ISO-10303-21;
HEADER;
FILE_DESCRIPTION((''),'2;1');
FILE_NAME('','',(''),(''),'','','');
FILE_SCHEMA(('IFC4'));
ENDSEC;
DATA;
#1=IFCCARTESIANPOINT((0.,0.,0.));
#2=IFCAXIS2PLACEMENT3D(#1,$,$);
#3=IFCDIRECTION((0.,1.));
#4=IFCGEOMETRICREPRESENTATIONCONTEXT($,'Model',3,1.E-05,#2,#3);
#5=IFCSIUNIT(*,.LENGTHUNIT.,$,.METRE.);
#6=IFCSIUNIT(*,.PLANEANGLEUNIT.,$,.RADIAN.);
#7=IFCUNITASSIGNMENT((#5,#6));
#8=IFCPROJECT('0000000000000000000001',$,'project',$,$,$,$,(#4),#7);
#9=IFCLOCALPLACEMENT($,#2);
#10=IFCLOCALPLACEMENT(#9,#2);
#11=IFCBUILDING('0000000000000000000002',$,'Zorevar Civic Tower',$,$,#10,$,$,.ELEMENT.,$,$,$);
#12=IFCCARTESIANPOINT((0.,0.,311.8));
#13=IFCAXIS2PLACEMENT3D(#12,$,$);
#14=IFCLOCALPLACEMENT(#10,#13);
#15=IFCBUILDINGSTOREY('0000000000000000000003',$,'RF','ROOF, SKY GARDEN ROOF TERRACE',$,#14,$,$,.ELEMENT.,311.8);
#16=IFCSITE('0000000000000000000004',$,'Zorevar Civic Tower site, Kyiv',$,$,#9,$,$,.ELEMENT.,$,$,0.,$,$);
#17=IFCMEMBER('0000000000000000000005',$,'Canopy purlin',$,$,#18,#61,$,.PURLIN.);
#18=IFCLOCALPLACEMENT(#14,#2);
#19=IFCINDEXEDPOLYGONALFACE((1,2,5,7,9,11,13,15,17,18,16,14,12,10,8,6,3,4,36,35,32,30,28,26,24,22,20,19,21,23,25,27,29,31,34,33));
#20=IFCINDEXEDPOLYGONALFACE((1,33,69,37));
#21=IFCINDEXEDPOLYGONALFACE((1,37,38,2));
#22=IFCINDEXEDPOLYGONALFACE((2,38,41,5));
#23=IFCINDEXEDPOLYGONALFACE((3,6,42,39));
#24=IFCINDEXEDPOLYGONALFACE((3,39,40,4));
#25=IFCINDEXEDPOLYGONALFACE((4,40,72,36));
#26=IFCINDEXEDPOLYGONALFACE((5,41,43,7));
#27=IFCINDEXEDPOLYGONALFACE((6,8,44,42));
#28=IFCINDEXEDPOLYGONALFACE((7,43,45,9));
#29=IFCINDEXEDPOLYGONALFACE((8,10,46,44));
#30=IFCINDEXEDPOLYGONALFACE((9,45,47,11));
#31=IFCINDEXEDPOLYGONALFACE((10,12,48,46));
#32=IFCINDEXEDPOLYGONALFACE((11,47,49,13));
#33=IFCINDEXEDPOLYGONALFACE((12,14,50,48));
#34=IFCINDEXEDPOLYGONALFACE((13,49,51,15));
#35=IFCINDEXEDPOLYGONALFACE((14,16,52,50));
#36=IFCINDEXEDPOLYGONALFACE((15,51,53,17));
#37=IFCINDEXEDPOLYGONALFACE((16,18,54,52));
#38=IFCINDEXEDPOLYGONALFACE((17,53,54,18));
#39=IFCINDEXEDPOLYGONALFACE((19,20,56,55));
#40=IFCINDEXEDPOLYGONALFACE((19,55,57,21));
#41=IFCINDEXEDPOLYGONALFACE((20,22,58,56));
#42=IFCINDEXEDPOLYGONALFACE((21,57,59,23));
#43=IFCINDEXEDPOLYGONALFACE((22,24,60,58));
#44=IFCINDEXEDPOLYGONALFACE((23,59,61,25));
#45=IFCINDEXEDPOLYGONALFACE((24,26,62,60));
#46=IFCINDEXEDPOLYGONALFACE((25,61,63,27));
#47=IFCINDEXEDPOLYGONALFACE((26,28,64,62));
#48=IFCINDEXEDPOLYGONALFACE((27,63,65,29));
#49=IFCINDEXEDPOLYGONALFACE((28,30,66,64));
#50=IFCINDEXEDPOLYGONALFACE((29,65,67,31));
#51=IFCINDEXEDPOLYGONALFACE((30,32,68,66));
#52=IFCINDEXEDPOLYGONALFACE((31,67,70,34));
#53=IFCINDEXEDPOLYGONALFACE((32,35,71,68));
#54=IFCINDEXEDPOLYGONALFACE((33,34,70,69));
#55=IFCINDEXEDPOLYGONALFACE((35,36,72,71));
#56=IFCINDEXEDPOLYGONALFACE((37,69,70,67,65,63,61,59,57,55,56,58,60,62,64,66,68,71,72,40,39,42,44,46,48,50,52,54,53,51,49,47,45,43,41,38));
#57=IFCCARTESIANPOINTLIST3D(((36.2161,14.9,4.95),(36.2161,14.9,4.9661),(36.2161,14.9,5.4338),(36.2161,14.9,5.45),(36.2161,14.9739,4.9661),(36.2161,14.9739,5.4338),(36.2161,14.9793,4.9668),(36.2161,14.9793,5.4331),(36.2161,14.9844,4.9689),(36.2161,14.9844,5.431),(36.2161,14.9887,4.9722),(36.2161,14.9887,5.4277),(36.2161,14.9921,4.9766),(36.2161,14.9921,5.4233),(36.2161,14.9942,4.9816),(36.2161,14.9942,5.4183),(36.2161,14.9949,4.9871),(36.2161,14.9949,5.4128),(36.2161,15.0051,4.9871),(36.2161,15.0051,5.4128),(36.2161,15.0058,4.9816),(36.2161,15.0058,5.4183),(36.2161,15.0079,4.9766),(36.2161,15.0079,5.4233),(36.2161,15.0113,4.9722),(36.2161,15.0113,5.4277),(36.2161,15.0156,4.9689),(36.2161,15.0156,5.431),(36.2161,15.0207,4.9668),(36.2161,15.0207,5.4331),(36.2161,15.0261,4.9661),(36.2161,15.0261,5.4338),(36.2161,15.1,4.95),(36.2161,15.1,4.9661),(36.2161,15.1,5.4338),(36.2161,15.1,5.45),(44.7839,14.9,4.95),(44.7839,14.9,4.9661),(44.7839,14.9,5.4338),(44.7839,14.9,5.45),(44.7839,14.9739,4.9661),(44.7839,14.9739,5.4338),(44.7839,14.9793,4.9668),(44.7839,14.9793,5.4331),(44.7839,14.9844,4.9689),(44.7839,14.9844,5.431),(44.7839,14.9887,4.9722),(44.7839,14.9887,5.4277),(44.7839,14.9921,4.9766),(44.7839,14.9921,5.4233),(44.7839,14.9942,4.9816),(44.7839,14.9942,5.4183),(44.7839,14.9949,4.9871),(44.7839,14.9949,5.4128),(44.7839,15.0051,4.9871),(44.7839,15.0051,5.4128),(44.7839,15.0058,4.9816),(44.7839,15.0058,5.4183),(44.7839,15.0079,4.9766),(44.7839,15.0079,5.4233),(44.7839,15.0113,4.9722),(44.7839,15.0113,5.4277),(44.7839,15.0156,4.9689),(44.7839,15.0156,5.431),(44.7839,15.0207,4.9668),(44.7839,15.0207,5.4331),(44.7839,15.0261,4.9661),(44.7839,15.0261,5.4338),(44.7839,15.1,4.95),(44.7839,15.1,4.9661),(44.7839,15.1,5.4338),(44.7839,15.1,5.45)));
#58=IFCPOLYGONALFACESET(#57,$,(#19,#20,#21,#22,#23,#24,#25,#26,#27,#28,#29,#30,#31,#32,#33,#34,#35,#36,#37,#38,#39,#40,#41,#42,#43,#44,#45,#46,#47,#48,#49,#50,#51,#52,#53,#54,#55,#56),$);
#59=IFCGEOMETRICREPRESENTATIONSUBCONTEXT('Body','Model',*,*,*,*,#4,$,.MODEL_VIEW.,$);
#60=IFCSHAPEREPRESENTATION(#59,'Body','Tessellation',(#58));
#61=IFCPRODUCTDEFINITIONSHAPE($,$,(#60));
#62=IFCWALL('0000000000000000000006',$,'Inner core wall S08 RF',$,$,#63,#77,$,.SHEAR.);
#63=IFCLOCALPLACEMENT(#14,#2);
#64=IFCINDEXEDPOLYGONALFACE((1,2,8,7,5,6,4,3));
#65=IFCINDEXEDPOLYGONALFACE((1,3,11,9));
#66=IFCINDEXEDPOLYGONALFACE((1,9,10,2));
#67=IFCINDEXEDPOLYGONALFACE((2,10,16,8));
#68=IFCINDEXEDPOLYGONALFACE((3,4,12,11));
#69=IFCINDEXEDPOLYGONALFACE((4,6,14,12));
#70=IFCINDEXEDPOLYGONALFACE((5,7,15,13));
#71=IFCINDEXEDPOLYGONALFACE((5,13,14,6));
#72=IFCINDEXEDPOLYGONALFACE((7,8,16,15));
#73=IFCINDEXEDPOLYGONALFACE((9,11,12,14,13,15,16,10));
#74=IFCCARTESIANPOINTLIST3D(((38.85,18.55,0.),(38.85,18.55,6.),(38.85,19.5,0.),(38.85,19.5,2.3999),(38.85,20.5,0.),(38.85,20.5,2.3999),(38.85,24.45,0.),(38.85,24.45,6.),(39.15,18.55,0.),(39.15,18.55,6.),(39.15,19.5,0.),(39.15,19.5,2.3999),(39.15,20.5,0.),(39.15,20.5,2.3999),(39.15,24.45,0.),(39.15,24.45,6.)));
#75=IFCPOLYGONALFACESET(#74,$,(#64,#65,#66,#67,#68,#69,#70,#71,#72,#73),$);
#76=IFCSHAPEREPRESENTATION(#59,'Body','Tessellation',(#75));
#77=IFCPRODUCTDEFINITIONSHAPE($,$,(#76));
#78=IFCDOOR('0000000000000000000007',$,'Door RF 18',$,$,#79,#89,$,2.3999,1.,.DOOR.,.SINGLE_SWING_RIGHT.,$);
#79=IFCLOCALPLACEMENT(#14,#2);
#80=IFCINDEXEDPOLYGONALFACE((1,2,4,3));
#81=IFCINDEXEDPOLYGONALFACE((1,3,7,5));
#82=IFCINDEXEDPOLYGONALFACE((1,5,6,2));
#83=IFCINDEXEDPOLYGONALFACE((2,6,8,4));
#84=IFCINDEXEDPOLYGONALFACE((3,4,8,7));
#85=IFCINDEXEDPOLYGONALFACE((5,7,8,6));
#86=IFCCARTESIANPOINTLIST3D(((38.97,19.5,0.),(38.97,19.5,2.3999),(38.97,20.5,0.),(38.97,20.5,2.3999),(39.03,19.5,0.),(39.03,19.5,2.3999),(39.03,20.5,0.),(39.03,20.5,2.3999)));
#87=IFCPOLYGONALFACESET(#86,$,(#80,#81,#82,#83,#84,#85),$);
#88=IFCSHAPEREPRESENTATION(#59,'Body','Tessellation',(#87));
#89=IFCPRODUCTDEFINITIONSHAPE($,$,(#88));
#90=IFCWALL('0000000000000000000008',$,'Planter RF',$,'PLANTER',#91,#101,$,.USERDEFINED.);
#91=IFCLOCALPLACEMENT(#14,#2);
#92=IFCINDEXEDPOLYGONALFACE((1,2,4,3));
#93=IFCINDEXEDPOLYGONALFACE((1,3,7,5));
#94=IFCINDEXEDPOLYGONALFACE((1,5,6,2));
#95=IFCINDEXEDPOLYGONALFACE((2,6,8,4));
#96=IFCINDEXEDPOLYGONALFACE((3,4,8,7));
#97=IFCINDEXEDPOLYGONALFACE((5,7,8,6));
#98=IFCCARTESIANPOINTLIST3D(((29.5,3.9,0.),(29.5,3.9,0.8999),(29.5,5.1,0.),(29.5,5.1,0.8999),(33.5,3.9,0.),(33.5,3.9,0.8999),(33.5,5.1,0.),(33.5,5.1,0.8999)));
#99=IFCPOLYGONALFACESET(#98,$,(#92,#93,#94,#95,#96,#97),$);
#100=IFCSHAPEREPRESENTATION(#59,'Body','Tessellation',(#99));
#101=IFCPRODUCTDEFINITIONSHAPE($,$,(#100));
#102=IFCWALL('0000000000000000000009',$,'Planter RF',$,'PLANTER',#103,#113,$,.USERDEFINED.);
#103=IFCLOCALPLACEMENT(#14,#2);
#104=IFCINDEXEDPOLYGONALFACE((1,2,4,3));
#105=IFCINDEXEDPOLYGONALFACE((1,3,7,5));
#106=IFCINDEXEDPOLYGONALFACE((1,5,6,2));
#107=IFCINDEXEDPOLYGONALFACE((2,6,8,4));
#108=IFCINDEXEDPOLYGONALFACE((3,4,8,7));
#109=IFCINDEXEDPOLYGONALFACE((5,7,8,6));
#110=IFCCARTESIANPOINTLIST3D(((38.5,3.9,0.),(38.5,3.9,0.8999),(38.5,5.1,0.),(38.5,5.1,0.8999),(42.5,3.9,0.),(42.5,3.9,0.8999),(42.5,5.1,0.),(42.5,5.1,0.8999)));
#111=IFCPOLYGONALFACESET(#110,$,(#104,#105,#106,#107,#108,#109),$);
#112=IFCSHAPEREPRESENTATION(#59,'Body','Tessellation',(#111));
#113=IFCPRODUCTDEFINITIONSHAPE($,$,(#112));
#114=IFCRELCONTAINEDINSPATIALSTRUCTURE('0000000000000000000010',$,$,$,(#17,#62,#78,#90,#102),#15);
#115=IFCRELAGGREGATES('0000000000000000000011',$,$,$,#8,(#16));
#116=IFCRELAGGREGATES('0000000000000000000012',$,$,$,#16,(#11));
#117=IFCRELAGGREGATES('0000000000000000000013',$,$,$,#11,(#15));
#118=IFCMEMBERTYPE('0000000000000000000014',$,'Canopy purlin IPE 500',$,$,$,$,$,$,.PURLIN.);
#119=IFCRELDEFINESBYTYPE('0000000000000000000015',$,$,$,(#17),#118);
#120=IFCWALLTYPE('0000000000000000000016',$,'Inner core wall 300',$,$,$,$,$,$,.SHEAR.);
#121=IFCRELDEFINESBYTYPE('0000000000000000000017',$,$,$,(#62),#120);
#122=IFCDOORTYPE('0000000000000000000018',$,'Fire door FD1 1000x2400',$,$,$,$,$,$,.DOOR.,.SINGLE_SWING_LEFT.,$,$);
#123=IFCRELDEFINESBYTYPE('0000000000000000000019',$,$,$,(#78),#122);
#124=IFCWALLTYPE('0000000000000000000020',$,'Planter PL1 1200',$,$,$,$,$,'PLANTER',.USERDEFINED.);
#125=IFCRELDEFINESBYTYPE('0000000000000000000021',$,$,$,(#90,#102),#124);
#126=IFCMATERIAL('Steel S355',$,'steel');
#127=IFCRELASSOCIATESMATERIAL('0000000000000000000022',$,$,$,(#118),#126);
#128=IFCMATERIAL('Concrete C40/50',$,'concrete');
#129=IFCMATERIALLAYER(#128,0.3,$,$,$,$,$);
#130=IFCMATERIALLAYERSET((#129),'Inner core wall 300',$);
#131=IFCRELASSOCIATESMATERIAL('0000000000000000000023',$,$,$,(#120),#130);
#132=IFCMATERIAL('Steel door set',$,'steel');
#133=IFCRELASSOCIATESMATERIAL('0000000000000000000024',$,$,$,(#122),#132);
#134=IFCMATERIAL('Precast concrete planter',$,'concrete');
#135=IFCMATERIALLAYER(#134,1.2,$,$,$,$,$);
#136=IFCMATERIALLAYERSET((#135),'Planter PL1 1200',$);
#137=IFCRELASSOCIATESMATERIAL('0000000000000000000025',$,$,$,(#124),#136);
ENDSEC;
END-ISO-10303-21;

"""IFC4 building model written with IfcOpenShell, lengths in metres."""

from ifc_helpers import new_model, si_unit, direction, frame, frame_2d, origin, origin_2d, place, context, subcontext, project, spatial, rectangle, i_section, extrude, material, layer, layer_set, material_profile, profile_set, type_object, element, fill, save


model = new_model("IFC4")

# Units and contexts
model_context = context("Model", 3, precision=1e-05, world=origin(), true_north=direction((0.0, 1.0)))
body_context = subcontext(model_context, "Body", "Model", "MODEL_VIEW")
ifc_project = project(units=[si_unit("LENGTHUNIT", "METRE"), si_unit("PLANEANGLEUNIT", "RADIAN")], contexts=[model_context])

# Site, building, storey
site_placement = place(None, origin())
site = spatial("IfcSite", under=ifc_project, at=site_placement, Name="Zorevar Civic Tower site, Kyiv", CompositionType="ELEMENT", RefElevation=0.0)
building_placement = place(site_placement, origin())
building = spatial("IfcBuilding", under=site, at=building_placement, Name="Zorevar Civic Tower", CompositionType="ELEMENT")
storey_placement = place(building_placement, frame((0.0, 0.0, 311.8)))
storey = spatial("IfcBuildingStorey", under=building, at=storey_placement, Name="RF", Description="ROOF, SKY GARDEN ROOF TERRACE", CompositionType="ELEMENT", Elevation=311.8)

# Member
ifc_material_1 = material(Name="Steel S355", Category="steel")
ifc_material_profile_1 = material_profile(ifc_material_1, i_section(OverallWidth=0.2, OverallDepth=0.5, WebThickness=0.0103, FlangeThickness=0.0161, FilletRadius=0.021, at=origin_2d()), Name="IPE 500")
ifc_profile_set_1 = profile_set([ifc_material_profile_1], Name="Steel S355")
member_type_1 = type_object("IfcMemberType", Name="Canopy purlin IPE 500", PredefinedType="PURLIN", material=ifc_profile_set_1)
for number, where, z_axis, x_axis, name in (
    (1, (36.2161, 15.0, 5.2), (1.0, 0.0, 0.0), (0.0, 1.0, 0.0), "Canopy purlin"),
):
    element("IfcMember", number, at=place(storey_placement, frame(where, z_axis=z_axis, x_axis=x_axis)), inside=storey, type_object=member_type_1, Name=name, PredefinedType="PURLIN", context=body_context, shape_type="SweptSolid", body=[
        extrude(i_section(OverallWidth=0.2, OverallDepth=0.5, WebThickness=0.0103, FlangeThickness=0.0161, FilletRadius=0.021, at=origin_2d()), origin(), (0.0, 0.0, 1.0), 8.5679),
    ])

# Wall, opening, door
ifc_material_2 = material(Name="Concrete C40/50", Category="concrete")
ifc_layer_1 = layer(ifc_material_2, 0.3)
ifc_layer_set_1 = layer_set([ifc_layer_1], Name="Inner core wall 300")
wall_type_1 = type_object("IfcWallType", Name="Inner core wall 300", PredefinedType="SHEAR", material=ifc_layer_set_1)
wall_placement = place(storey_placement, frame((39.0, 18.55, 0.0), z_axis=(0.0, 0.0, 1.0), x_axis=(0.0, 1.0, 0.0)))
wall = element("IfcWall", 2, at=wall_placement, inside=storey, type_object=wall_type_1, Name="Inner core wall S08 RF", PredefinedType="SHEAR", context=body_context, shape_type="SweptSolid", body=[
    extrude(rectangle(XDim=5.8999, YDim=0.3, at=frame_2d((2.95, 0.0))), origin(), (0.0, 0.0, 1.0), 6.0),
])
opening_placement = place(wall_placement, frame((0.95, 0.0, 0.0)))
opening = element("IfcOpeningElement", 3, at=opening_placement, cuts=wall, PredefinedType="OPENING", context=body_context, shape_type="SweptSolid", body=[
    extrude(rectangle(XDim=1.0, YDim=2.3999, at=frame_2d((0.5, 1.2))), frame((0.0, 0.1599, 0.0), z_axis=(0.0, -1.0, 0.0), x_axis=(1.0, 0.0, 0.0)), (0.0, 0.0, 1.0), 0.3201),
])
ifc_material_3 = material(Name="Steel door set", Category="steel")
door_type = type_object("IfcDoorType", Name="Fire door FD1 1000x2400", OperationType="SINGLE_SWING_LEFT", PredefinedType="DOOR", material=ifc_material_3)
door_placement = place(opening_placement, origin())
door = element("IfcDoor", 4, at=door_placement, inside=storey, type_object=door_type, Name="Door RF 18", OperationType="SINGLE_SWING_RIGHT", OverallHeight=2.3999, OverallWidth=1.0, PredefinedType="DOOR", context=body_context, shape_type="SweptSolid", body=[
    extrude(rectangle(XDim=1.0, YDim=2.3999, at=frame_2d((0.5, 1.2))), frame((0.0, 0.03, 0.0), z_axis=(0.0, -1.0, 0.0), x_axis=(1.0, 0.0, 0.0)), (0.0, 0.0, 1.0), 0.0601),
])
fill(opening, door)

# Walls
ifc_material_4 = material(Name="Precast concrete planter", Category="concrete")
ifc_layer_2 = layer(ifc_material_4, 1.2)
ifc_layer_set_2 = layer_set([ifc_layer_2], Name="Planter PL1 1200")
wall_type_2 = type_object("IfcWallType", Name="Planter PL1 1200", ElementType="PLANTER", PredefinedType="USERDEFINED", material=ifc_layer_set_2)
for number, where, z_axis, x_axis, name in (
    (5, (29.5, 4.5, 0.0), (0.0, 0.0, 1.0), (1.0, 0.0, 0.0), "Planter RF"),
    (6, (38.5, 4.5, 0.0), (0.0, 0.0, 1.0), (1.0, 0.0, 0.0), "Planter RF"),
):
    element("IfcWall", number, at=place(storey_placement, frame(where, z_axis=z_axis, x_axis=x_axis)), inside=storey, type_object=wall_type_2, Name=name, ObjectType="PLANTER", PredefinedType="USERDEFINED", context=body_context, shape_type="SweptSolid", body=[
        extrude(rectangle(XDim=4.0, YDim=1.2, at=frame_2d((2.0, 0.0))), origin(), (0.0, 0.0, 1.0), 0.8999),
    ])

save(model, "model.ifc")
